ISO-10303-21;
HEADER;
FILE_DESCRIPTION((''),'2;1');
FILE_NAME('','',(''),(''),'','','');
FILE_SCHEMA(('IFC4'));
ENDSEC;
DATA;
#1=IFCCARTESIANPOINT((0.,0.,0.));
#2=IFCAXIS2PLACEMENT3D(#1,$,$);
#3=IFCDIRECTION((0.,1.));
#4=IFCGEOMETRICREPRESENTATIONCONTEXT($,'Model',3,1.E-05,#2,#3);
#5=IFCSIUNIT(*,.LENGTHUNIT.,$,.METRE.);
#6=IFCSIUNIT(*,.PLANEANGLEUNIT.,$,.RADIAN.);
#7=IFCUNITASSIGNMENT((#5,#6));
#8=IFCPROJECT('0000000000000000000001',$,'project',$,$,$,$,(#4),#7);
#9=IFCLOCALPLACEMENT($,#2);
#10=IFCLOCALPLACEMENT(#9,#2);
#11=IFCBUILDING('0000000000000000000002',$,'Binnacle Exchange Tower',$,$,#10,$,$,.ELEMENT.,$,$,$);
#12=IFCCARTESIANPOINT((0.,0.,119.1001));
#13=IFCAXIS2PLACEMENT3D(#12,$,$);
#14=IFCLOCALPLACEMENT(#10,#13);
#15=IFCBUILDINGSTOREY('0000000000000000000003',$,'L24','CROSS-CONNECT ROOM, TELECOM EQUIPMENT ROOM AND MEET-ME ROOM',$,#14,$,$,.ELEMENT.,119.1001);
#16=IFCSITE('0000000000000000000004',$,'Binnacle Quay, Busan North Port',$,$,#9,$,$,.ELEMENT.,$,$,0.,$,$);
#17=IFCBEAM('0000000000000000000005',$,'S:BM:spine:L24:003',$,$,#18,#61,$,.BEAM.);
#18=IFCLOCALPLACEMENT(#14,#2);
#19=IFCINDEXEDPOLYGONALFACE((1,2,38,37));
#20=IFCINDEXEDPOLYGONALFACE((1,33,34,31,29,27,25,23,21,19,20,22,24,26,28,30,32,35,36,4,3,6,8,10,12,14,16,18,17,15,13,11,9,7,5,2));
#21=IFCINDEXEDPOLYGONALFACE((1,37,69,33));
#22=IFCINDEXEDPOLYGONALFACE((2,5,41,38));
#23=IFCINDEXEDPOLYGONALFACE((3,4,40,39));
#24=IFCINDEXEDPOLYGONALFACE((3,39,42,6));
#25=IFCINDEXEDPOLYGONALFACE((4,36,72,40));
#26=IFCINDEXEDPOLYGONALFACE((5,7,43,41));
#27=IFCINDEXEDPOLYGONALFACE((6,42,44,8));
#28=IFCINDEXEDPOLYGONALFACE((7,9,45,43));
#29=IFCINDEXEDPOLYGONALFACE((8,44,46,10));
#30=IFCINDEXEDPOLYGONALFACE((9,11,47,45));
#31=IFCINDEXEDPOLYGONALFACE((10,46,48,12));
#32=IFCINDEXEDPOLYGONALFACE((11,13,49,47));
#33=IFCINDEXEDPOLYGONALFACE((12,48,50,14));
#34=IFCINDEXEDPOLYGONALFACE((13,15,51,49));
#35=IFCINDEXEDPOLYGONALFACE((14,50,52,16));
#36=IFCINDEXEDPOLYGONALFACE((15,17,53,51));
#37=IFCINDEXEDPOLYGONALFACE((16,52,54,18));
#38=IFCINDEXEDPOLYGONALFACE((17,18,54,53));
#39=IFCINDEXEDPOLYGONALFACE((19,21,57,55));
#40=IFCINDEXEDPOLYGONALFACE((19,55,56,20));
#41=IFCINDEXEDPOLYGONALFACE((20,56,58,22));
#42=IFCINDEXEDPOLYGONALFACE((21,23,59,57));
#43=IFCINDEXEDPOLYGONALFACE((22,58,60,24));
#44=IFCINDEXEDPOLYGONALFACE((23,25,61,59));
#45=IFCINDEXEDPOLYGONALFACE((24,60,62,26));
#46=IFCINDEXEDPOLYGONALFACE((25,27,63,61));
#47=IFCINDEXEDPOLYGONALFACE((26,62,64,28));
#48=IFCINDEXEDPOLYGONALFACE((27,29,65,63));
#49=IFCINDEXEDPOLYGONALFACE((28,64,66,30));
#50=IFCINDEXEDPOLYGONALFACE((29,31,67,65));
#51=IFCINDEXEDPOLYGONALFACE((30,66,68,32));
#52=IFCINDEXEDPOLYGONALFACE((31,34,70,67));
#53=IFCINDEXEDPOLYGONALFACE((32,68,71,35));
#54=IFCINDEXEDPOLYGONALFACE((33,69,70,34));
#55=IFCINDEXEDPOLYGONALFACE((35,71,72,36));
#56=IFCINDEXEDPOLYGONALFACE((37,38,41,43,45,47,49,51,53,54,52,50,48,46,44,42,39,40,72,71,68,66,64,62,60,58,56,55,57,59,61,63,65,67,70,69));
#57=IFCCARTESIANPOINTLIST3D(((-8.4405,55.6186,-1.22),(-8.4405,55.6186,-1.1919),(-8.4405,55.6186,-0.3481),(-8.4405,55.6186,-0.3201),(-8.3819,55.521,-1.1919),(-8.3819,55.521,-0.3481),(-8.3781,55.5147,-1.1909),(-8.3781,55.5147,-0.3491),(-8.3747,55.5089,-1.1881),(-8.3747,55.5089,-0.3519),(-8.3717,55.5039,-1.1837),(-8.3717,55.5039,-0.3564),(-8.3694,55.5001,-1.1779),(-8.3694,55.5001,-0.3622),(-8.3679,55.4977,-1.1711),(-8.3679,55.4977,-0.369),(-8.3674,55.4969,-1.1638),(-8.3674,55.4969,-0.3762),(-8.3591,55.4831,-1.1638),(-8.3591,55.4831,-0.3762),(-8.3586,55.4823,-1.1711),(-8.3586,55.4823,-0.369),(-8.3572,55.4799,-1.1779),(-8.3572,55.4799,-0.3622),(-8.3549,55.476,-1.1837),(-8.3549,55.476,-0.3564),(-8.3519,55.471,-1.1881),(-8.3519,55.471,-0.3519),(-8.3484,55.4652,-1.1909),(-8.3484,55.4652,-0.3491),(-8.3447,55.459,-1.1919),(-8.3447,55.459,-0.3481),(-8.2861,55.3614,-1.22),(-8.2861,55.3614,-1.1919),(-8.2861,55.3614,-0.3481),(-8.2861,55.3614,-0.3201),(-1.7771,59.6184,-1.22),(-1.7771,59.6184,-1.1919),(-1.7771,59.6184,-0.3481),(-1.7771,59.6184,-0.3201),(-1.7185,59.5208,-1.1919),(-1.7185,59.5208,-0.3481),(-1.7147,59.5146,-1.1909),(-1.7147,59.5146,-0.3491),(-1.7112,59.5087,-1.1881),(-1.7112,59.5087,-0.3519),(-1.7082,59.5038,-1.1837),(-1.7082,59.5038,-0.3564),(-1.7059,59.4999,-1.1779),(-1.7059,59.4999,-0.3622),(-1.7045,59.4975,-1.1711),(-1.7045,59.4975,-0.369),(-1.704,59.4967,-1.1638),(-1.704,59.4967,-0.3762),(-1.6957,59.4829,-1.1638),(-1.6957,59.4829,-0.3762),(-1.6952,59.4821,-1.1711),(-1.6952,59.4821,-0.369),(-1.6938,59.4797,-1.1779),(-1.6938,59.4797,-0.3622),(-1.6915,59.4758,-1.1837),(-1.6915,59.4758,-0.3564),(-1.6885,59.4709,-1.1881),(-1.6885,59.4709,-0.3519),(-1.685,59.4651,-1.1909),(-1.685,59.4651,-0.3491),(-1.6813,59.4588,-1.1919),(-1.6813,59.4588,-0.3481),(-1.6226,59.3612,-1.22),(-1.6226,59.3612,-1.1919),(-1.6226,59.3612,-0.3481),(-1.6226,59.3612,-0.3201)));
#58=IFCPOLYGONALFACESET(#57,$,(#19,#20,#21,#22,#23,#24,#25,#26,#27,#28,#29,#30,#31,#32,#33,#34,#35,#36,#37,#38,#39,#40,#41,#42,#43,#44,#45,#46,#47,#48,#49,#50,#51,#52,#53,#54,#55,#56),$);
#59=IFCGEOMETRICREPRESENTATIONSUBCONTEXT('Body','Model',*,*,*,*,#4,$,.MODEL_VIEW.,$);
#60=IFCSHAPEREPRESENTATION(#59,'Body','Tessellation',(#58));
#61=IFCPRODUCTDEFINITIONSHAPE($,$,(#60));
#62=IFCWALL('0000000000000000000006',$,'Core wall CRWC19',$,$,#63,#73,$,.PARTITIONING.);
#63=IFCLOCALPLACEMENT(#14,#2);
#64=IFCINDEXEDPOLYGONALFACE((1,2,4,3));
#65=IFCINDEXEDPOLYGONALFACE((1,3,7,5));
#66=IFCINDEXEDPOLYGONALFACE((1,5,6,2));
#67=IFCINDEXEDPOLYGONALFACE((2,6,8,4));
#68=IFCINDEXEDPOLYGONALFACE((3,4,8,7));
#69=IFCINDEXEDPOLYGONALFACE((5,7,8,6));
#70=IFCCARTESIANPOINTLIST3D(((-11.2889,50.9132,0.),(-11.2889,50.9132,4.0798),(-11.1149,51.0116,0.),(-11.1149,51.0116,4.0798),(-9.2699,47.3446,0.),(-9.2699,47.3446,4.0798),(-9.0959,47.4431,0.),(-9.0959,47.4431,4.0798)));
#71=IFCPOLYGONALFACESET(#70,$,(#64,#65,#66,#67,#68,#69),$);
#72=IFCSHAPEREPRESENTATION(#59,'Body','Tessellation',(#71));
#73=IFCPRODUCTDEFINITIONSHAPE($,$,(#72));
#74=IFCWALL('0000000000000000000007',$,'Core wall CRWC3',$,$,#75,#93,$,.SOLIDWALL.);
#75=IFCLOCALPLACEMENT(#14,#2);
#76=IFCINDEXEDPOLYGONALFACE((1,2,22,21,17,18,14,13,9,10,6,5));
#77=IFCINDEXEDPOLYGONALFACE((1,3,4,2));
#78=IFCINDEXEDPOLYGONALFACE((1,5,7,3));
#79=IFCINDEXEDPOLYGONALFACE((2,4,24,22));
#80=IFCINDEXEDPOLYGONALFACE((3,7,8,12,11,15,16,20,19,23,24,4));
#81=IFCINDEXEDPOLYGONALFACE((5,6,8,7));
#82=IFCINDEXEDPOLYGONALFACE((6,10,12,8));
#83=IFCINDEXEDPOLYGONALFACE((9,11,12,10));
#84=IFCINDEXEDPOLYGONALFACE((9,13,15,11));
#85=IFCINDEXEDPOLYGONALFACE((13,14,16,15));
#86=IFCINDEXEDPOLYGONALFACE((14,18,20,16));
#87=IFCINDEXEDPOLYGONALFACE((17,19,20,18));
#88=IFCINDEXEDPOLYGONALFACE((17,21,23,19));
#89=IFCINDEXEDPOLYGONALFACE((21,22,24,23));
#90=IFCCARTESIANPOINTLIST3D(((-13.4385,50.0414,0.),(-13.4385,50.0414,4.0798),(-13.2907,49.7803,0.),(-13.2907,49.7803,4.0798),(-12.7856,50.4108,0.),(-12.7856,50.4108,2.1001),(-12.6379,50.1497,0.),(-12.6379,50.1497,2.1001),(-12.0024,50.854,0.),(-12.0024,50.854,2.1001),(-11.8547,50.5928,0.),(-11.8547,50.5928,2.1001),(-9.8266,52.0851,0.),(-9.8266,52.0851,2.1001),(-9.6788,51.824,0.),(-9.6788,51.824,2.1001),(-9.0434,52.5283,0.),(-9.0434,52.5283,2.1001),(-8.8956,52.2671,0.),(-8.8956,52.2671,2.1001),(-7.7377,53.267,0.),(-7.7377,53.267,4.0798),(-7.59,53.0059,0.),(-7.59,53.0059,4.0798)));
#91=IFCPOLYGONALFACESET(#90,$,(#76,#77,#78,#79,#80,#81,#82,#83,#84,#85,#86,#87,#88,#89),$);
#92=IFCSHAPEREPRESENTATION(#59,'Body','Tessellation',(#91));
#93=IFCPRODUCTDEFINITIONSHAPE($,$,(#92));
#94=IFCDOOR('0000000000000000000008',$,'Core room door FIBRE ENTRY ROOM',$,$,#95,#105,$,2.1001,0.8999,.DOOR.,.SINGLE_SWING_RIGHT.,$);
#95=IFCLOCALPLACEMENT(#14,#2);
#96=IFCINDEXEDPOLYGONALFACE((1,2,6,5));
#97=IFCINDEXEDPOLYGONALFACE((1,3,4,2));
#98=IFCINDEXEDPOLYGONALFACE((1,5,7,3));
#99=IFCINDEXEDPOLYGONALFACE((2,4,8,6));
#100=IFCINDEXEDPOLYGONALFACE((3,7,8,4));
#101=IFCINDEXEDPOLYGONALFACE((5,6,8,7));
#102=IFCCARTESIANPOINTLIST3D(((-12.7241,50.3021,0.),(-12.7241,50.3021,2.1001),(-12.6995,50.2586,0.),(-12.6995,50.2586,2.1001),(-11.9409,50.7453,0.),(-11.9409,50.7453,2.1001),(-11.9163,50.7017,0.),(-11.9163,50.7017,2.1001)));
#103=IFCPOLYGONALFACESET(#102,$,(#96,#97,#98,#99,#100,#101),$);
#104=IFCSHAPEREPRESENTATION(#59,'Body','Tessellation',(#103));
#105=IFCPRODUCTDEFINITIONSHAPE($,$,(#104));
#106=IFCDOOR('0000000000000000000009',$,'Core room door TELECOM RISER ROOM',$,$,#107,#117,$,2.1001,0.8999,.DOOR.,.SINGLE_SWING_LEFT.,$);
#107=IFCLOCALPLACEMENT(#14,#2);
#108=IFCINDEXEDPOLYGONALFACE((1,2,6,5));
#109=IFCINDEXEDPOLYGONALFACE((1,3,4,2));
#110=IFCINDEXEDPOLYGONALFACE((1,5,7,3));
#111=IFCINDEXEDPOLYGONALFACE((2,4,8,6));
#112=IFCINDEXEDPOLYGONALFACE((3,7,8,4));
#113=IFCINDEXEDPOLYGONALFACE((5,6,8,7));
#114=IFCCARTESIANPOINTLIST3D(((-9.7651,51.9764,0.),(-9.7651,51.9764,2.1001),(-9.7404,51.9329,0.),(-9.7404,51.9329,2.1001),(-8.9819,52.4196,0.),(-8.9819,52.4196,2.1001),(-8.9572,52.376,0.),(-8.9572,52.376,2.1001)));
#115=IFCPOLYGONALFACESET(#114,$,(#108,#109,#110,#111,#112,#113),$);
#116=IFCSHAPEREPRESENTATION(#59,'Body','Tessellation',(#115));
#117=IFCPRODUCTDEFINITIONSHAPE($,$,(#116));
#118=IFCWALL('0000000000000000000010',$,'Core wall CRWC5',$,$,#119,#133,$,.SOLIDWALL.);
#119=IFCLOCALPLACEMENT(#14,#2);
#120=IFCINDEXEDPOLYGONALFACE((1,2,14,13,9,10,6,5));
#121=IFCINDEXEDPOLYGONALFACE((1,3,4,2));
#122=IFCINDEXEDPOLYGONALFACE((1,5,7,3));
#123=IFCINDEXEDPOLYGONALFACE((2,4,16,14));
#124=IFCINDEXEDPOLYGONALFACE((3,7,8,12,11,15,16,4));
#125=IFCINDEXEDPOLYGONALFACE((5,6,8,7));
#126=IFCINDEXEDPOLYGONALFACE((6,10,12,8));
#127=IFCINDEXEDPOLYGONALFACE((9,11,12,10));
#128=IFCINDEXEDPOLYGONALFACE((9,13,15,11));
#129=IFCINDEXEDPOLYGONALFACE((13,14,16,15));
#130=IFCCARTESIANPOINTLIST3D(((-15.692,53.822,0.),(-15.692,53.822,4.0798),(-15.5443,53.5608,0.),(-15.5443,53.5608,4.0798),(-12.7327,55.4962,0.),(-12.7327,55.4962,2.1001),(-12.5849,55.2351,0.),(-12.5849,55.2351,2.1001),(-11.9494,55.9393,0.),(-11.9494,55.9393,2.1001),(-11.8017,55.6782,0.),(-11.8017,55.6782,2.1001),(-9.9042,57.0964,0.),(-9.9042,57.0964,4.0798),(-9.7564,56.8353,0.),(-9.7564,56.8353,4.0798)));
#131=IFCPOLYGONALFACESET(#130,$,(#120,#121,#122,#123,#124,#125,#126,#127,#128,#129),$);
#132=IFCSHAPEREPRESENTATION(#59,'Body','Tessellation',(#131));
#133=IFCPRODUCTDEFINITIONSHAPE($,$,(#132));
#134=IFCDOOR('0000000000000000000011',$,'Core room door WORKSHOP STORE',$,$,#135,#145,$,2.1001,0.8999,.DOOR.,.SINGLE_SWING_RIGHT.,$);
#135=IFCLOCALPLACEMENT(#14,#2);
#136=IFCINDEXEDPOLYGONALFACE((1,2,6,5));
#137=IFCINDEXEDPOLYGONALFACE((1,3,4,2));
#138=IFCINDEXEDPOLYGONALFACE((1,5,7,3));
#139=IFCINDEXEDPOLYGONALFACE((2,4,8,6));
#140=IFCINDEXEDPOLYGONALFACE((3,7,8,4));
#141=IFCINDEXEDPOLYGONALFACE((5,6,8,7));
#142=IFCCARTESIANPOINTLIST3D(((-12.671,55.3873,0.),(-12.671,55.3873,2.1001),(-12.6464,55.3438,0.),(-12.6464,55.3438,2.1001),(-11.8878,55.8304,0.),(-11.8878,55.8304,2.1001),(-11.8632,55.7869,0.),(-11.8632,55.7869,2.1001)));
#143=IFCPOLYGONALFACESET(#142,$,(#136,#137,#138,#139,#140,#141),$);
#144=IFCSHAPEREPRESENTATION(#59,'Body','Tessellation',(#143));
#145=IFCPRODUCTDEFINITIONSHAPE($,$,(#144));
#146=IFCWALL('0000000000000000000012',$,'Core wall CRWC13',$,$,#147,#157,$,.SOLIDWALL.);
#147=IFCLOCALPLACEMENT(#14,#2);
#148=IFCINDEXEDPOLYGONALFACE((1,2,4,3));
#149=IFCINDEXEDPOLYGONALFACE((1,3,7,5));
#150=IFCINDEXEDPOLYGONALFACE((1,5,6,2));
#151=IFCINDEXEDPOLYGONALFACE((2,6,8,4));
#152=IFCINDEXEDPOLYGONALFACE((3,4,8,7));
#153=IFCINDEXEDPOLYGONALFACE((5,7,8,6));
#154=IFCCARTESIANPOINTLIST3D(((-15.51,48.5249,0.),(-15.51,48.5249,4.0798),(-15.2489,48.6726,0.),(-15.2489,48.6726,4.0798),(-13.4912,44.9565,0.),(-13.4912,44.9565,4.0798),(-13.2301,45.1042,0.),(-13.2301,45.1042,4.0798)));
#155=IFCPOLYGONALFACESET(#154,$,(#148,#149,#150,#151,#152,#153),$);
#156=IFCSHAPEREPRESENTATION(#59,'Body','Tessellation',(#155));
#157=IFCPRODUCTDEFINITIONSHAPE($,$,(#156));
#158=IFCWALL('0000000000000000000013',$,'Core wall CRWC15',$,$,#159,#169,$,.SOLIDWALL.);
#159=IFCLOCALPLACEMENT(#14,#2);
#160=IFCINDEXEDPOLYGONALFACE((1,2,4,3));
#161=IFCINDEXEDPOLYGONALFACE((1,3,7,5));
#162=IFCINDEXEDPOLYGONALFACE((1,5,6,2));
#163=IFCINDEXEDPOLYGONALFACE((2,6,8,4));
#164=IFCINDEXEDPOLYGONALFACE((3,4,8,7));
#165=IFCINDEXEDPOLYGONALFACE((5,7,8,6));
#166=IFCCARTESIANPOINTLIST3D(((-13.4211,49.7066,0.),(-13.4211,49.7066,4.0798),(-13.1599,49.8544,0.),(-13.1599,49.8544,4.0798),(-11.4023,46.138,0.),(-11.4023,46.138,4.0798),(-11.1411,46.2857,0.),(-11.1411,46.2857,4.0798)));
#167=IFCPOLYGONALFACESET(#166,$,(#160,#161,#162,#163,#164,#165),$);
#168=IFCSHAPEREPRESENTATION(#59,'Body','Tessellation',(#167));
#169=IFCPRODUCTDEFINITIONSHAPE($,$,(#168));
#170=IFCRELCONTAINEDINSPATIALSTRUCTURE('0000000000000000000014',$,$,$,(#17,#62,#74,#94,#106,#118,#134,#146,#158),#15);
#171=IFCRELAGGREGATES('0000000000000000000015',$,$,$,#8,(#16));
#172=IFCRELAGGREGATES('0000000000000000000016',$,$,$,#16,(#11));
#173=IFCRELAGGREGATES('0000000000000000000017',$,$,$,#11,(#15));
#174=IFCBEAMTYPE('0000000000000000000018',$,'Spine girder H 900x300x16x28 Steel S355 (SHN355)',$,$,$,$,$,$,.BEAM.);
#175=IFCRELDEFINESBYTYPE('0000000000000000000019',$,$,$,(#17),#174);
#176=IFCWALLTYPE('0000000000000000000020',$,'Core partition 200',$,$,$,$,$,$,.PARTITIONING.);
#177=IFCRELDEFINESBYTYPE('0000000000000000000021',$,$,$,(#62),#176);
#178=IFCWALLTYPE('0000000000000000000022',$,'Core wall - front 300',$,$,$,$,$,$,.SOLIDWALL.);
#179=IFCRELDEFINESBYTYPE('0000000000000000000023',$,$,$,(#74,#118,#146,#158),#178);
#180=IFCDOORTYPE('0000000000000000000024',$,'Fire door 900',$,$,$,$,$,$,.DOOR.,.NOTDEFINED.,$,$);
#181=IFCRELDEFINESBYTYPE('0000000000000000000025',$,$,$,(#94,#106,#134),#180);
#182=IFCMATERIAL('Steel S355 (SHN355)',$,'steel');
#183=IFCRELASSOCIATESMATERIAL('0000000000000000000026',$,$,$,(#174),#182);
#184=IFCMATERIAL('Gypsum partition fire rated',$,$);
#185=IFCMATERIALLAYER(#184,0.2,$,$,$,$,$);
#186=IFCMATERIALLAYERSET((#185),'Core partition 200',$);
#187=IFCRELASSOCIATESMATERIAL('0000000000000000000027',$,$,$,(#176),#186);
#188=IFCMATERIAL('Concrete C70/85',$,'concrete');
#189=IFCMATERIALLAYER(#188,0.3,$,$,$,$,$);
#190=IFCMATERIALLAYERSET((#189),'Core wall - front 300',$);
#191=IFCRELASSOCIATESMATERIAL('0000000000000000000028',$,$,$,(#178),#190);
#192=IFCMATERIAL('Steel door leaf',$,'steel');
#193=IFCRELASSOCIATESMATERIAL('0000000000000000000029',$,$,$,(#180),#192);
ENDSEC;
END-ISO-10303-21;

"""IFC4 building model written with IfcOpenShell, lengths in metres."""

from ifc_helpers import new_model, si_unit, direction, frame, frame_2d, origin, origin_2d, place, context, subcontext, project, spatial, rectangle, i_section, extrude, material, layer, layer_set, material_profile, profile_set, type_object, element, fill, save


model = new_model("IFC4")

# Units and contexts
model_context = context("Model", 3, precision=1e-05, world=origin(), true_north=direction((0.0, 1.0)))
body_context = subcontext(model_context, "Body", "Model", "MODEL_VIEW")
ifc_project = project(units=[si_unit("LENGTHUNIT", "METRE"), si_unit("PLANEANGLEUNIT", "RADIAN")], contexts=[model_context])

# Site, building, storey
site_placement = place(None, origin())
site = spatial("IfcSite", under=ifc_project, at=site_placement, Name="Binnacle Quay, Busan North Port", CompositionType="ELEMENT", RefElevation=0.0)
building_placement = place(site_placement, origin())
building = spatial("IfcBuilding", under=site, at=building_placement, Name="Binnacle Exchange Tower", CompositionType="ELEMENT")
storey_placement = place(building_placement, frame((0.0, 0.0, 119.1001)))
storey = spatial("IfcBuildingStorey", under=building, at=storey_placement, Name="L24", Description="CROSS-CONNECT ROOM, TELECOM EQUIPMENT ROOM AND MEET-ME ROOM", CompositionType="ELEMENT", Elevation=119.1001)

# Shared definitions
ifc_material_1 = material(Name="Concrete C70/85", Category="concrete")

# Beam
ifc_material_2 = material(Name="Steel S355 (SHN355)", Category="steel")
ifc_material_profile_1 = material_profile(ifc_material_2, i_section(OverallWidth=0.3, OverallDepth=0.8999, WebThickness=0.0161, FlangeThickness=0.0281, FilletRadius=0.0281, at=origin_2d()), Name="H 900x300x16x28")
ifc_profile_set_1 = profile_set([ifc_material_profile_1], Name="Steel S355 (SHN355)")
beam_type_1 = type_object("IfcBeamType", Name="Spine girder H 900x300x16x28 Steel S355 (SHN355)", PredefinedType="BEAM", material=ifc_profile_set_1)
beam_1_placement = place(storey_placement, frame((-8.3633, 55.49, -0.77), z_axis=(0.857393, 0.514662, 0.0), x_axis=(-0.514662, 0.857393, 0.0)))
element("IfcBeam", 1, at=beam_1_placement, inside=storey, type_object=beam_type_1, Name="S:BM:spine:L24:003", PredefinedType="BEAM", context=body_context, shape_type="SweptSolid", body=[
    extrude(i_section(OverallWidth=0.3, OverallDepth=0.8999, WebThickness=0.0161, FlangeThickness=0.0281, FilletRadius=0.0281, at=origin_2d()), origin(), (0.0, 0.0, 1.0), 7.7717),
])

# Wall
ifc_material_3 = material(Name="Gypsum partition fire rated")
ifc_layer_1 = layer(ifc_material_3, 0.2)
ifc_layer_set_1 = layer_set([ifc_layer_1], Name="Core partition 200")
wall_type_1 = type_object("IfcWallType", Name="Core partition 200", PredefinedType="PARTITIONING", material=ifc_layer_set_1)
wall_1_placement = place(storey_placement, frame((-11.2019, 50.9624, 0.0), z_axis=(0.0, 0.0, 1.0), x_axis=(0.492428, -0.870353, 0.0)))
element("IfcWall", 2, at=wall_1_placement, inside=storey, type_object=wall_type_1, Name="Core wall CRWC19", PredefinedType="PARTITIONING", context=body_context, shape_type="SweptSolid", body=[
    extrude(rectangle(XDim=4.1001, YDim=0.2, at=frame_2d((2.05, 0.0))), origin(), (0.0, 0.0, 1.0), 4.0798),
])

# Wall, openings, doors
ifc_layer_2 = layer(ifc_material_1, 0.3)
ifc_layer_set_2 = layer_set([ifc_layer_2], Name="Core wall - front 300")
wall_type_2 = type_object("IfcWallType", Name="Core wall - front 300", PredefinedType="SOLIDWALL", material=ifc_layer_set_2)
wall_2_placement = place(storey_placement, frame((-13.3645, 49.9109, 0.0), z_axis=(0.0, 0.0, 1.0), x_axis=(0.870336, 0.492458, 0.0)))
wall_2 = element("IfcWall", 3, at=wall_2_placement, inside=storey, type_object=wall_type_2, Name="Core wall CRWC3", PredefinedType="SOLIDWALL", context=body_context, shape_type="SweptSolid", body=[
    extrude(rectangle(XDim=6.55, YDim=0.3, at=frame_2d((3.2749, 0.0))), origin(), (0.0, 0.0, 1.0), 4.0798),
])
opening_1_placement = place(wall_2_placement, frame((0.75, 0.0, 0.0)))
opening_1 = element("IfcOpeningElement", 4, at=opening_1_placement, cuts=wall_2, PredefinedType="OPENING", context=body_context, shape_type="SweptSolid", body=[
    extrude(rectangle(XDim=0.8999, YDim=2.1001, at=frame_2d((0.45, 1.05))), frame((0.0, 0.1599, 0.0), z_axis=(0.0, -1.0, 0.0), x_axis=(1.0, 0.0, 0.0)), (0.0, 0.0, 1.0), 0.3201),
])
opening_2_placement = place(wall_2_placement, frame((4.1499, 0.0, 0.0)))
opening_2 = element("IfcOpeningElement", 5, at=opening_2_placement, cuts=wall_2, PredefinedType="OPENING", context=body_context, shape_type="SweptSolid", body=[
    extrude(rectangle(XDim=0.8999, YDim=2.1001, at=frame_2d((0.45, 1.05))), frame((0.0, 0.1599, 0.0), z_axis=(0.0, -1.0, 0.0), x_axis=(1.0, 0.0, 0.0)), (0.0, 0.0, 1.0), 0.3201),
])
ifc_material_4 = material(Name="Steel door leaf", Category="steel")
door_type_1 = type_object("IfcDoorType", Name="Fire door 900", OperationType="NOTDEFINED", PredefinedType="DOOR", material=ifc_material_4)
door_1_placement = place(opening_1_placement, frame((0.8999, 0.0, 0.0), z_axis=(0.0, 0.0, 1.0), x_axis=(-1.0, 0.0, 0.0)))
door_1 = element("IfcDoor", 6, at=door_1_placement, inside=storey, type_object=door_type_1, Name="Core room door FIBRE ENTRY ROOM", OperationType="SINGLE_SWING_RIGHT", OverallHeight=2.1001, OverallWidth=0.8999, PredefinedType="DOOR", context=body_context, shape_type="SweptSolid", body=[
    extrude(rectangle(XDim=0.8999, YDim=2.1001, at=frame_2d((0.45, 1.05))), frame((0.0, 0.0249, 0.0), z_axis=(0.0, -1.0, 0.0), x_axis=(1.0, 0.0, 0.0)), (0.0, 0.0, 1.0), 0.05),
])
fill(opening_1, door_1)
door_2_placement = place(opening_2_placement, frame((0.8999, 0.0, 0.0), z_axis=(0.0, 0.0, 1.0), x_axis=(-1.0, 0.0, 0.0)))
door_2 = element("IfcDoor", 7, at=door_2_placement, inside=storey, type_object=door_type_1, Name="Core room door TELECOM RISER ROOM", OperationType="SINGLE_SWING_LEFT", OverallHeight=2.1001, OverallWidth=0.8999, PredefinedType="DOOR", context=body_context, shape_type="SweptSolid", body=[
    extrude(rectangle(XDim=0.8999, YDim=2.1001, at=frame_2d((0.45, 1.05))), frame((0.0, 0.0249, 0.0), z_axis=(0.0, -1.0, 0.0), x_axis=(1.0, 0.0, 0.0)), (0.0, 0.0, 1.0), 0.05),
])
fill(opening_2, door_2)

# Wall, opening, door
wall_3_placement = place(storey_placement, frame((-15.6182, 53.6914, 0.0), z_axis=(0.0, 0.0, 1.0), x_axis=(0.870368, 0.492402, 0.0)))
wall_3 = element("IfcWall", 8, at=wall_3_placement, inside=storey, type_object=wall_type_2, Name="Core wall CRWC5", PredefinedType="SOLIDWALL", context=body_context, shape_type="SweptSolid", body=[
    extrude(rectangle(XDim=6.6499, YDim=0.3, at=frame_2d((3.325, 0.0))), origin(), (0.0, 0.0, 1.0), 4.0798),
])
opening_3_placement = place(wall_3_placement, frame((3.4001, 0.0, 0.0)))
opening_3 = element("IfcOpeningElement", 9, at=opening_3_placement, cuts=wall_3, PredefinedType="OPENING", context=body_context, shape_type="SweptSolid", body=[
    extrude(rectangle(XDim=0.8999, YDim=2.1001, at=frame_2d((0.45, 1.05))), frame((0.0, 0.1599, 0.0), z_axis=(0.0, -1.0, 0.0), x_axis=(1.0, 0.0, 0.0)), (0.0, 0.0, 1.0), 0.3201),
])
door_3_placement = place(opening_3_placement, origin())
door_3 = element("IfcDoor", 10, at=door_3_placement, inside=storey, type_object=door_type_1, Name="Core room door WORKSHOP STORE", OperationType="SINGLE_SWING_RIGHT", OverallHeight=2.1001, OverallWidth=0.8999, PredefinedType="DOOR", context=body_context, shape_type="SweptSolid", body=[
    extrude(rectangle(XDim=0.8999, YDim=2.1001, at=frame_2d((0.45, 1.05))), frame((0.0, 0.0249, 0.0), z_axis=(0.0, -1.0, 0.0), x_axis=(1.0, 0.0, 0.0)), (0.0, 0.0, 1.0), 0.05),
])
fill(opening_3, door_3)

# Walls
wall_4_placement = place(storey_placement, frame((-15.3794, 48.5986, 0.0), z_axis=(0.0, 0.0, 1.0), x_axis=(0.492408, -0.870364, 0.0)))
element("IfcWall", 11, at=wall_4_placement, inside=storey, type_object=wall_type_2, Name="Core wall CRWC13", PredefinedType="SOLIDWALL", context=body_context, shape_type="SweptSolid", body=[
    extrude(rectangle(XDim=4.0999, YDim=0.3, at=frame_2d((2.0498, 0.0))), origin(), (0.0, 0.0, 1.0), 4.0798),
])
wall_5_placement = place(storey_placement, frame((-13.2905, 49.7805, 0.0), z_axis=(0.0, 0.0, 1.0), x_axis=(0.492383, -0.870379, 0.0)))
element("IfcWall", 12, at=wall_5_placement, inside=storey, type_object=wall_type_2, Name="Core wall CRWC15", PredefinedType="SOLIDWALL", context=body_context, shape_type="SweptSolid", body=[
    extrude(rectangle(XDim=4.1001, YDim=0.3, at=frame_2d((2.05, 0.0))), origin(), (0.0, 0.0, 1.0), 4.0798),
])

save(model, "model.ifc")
